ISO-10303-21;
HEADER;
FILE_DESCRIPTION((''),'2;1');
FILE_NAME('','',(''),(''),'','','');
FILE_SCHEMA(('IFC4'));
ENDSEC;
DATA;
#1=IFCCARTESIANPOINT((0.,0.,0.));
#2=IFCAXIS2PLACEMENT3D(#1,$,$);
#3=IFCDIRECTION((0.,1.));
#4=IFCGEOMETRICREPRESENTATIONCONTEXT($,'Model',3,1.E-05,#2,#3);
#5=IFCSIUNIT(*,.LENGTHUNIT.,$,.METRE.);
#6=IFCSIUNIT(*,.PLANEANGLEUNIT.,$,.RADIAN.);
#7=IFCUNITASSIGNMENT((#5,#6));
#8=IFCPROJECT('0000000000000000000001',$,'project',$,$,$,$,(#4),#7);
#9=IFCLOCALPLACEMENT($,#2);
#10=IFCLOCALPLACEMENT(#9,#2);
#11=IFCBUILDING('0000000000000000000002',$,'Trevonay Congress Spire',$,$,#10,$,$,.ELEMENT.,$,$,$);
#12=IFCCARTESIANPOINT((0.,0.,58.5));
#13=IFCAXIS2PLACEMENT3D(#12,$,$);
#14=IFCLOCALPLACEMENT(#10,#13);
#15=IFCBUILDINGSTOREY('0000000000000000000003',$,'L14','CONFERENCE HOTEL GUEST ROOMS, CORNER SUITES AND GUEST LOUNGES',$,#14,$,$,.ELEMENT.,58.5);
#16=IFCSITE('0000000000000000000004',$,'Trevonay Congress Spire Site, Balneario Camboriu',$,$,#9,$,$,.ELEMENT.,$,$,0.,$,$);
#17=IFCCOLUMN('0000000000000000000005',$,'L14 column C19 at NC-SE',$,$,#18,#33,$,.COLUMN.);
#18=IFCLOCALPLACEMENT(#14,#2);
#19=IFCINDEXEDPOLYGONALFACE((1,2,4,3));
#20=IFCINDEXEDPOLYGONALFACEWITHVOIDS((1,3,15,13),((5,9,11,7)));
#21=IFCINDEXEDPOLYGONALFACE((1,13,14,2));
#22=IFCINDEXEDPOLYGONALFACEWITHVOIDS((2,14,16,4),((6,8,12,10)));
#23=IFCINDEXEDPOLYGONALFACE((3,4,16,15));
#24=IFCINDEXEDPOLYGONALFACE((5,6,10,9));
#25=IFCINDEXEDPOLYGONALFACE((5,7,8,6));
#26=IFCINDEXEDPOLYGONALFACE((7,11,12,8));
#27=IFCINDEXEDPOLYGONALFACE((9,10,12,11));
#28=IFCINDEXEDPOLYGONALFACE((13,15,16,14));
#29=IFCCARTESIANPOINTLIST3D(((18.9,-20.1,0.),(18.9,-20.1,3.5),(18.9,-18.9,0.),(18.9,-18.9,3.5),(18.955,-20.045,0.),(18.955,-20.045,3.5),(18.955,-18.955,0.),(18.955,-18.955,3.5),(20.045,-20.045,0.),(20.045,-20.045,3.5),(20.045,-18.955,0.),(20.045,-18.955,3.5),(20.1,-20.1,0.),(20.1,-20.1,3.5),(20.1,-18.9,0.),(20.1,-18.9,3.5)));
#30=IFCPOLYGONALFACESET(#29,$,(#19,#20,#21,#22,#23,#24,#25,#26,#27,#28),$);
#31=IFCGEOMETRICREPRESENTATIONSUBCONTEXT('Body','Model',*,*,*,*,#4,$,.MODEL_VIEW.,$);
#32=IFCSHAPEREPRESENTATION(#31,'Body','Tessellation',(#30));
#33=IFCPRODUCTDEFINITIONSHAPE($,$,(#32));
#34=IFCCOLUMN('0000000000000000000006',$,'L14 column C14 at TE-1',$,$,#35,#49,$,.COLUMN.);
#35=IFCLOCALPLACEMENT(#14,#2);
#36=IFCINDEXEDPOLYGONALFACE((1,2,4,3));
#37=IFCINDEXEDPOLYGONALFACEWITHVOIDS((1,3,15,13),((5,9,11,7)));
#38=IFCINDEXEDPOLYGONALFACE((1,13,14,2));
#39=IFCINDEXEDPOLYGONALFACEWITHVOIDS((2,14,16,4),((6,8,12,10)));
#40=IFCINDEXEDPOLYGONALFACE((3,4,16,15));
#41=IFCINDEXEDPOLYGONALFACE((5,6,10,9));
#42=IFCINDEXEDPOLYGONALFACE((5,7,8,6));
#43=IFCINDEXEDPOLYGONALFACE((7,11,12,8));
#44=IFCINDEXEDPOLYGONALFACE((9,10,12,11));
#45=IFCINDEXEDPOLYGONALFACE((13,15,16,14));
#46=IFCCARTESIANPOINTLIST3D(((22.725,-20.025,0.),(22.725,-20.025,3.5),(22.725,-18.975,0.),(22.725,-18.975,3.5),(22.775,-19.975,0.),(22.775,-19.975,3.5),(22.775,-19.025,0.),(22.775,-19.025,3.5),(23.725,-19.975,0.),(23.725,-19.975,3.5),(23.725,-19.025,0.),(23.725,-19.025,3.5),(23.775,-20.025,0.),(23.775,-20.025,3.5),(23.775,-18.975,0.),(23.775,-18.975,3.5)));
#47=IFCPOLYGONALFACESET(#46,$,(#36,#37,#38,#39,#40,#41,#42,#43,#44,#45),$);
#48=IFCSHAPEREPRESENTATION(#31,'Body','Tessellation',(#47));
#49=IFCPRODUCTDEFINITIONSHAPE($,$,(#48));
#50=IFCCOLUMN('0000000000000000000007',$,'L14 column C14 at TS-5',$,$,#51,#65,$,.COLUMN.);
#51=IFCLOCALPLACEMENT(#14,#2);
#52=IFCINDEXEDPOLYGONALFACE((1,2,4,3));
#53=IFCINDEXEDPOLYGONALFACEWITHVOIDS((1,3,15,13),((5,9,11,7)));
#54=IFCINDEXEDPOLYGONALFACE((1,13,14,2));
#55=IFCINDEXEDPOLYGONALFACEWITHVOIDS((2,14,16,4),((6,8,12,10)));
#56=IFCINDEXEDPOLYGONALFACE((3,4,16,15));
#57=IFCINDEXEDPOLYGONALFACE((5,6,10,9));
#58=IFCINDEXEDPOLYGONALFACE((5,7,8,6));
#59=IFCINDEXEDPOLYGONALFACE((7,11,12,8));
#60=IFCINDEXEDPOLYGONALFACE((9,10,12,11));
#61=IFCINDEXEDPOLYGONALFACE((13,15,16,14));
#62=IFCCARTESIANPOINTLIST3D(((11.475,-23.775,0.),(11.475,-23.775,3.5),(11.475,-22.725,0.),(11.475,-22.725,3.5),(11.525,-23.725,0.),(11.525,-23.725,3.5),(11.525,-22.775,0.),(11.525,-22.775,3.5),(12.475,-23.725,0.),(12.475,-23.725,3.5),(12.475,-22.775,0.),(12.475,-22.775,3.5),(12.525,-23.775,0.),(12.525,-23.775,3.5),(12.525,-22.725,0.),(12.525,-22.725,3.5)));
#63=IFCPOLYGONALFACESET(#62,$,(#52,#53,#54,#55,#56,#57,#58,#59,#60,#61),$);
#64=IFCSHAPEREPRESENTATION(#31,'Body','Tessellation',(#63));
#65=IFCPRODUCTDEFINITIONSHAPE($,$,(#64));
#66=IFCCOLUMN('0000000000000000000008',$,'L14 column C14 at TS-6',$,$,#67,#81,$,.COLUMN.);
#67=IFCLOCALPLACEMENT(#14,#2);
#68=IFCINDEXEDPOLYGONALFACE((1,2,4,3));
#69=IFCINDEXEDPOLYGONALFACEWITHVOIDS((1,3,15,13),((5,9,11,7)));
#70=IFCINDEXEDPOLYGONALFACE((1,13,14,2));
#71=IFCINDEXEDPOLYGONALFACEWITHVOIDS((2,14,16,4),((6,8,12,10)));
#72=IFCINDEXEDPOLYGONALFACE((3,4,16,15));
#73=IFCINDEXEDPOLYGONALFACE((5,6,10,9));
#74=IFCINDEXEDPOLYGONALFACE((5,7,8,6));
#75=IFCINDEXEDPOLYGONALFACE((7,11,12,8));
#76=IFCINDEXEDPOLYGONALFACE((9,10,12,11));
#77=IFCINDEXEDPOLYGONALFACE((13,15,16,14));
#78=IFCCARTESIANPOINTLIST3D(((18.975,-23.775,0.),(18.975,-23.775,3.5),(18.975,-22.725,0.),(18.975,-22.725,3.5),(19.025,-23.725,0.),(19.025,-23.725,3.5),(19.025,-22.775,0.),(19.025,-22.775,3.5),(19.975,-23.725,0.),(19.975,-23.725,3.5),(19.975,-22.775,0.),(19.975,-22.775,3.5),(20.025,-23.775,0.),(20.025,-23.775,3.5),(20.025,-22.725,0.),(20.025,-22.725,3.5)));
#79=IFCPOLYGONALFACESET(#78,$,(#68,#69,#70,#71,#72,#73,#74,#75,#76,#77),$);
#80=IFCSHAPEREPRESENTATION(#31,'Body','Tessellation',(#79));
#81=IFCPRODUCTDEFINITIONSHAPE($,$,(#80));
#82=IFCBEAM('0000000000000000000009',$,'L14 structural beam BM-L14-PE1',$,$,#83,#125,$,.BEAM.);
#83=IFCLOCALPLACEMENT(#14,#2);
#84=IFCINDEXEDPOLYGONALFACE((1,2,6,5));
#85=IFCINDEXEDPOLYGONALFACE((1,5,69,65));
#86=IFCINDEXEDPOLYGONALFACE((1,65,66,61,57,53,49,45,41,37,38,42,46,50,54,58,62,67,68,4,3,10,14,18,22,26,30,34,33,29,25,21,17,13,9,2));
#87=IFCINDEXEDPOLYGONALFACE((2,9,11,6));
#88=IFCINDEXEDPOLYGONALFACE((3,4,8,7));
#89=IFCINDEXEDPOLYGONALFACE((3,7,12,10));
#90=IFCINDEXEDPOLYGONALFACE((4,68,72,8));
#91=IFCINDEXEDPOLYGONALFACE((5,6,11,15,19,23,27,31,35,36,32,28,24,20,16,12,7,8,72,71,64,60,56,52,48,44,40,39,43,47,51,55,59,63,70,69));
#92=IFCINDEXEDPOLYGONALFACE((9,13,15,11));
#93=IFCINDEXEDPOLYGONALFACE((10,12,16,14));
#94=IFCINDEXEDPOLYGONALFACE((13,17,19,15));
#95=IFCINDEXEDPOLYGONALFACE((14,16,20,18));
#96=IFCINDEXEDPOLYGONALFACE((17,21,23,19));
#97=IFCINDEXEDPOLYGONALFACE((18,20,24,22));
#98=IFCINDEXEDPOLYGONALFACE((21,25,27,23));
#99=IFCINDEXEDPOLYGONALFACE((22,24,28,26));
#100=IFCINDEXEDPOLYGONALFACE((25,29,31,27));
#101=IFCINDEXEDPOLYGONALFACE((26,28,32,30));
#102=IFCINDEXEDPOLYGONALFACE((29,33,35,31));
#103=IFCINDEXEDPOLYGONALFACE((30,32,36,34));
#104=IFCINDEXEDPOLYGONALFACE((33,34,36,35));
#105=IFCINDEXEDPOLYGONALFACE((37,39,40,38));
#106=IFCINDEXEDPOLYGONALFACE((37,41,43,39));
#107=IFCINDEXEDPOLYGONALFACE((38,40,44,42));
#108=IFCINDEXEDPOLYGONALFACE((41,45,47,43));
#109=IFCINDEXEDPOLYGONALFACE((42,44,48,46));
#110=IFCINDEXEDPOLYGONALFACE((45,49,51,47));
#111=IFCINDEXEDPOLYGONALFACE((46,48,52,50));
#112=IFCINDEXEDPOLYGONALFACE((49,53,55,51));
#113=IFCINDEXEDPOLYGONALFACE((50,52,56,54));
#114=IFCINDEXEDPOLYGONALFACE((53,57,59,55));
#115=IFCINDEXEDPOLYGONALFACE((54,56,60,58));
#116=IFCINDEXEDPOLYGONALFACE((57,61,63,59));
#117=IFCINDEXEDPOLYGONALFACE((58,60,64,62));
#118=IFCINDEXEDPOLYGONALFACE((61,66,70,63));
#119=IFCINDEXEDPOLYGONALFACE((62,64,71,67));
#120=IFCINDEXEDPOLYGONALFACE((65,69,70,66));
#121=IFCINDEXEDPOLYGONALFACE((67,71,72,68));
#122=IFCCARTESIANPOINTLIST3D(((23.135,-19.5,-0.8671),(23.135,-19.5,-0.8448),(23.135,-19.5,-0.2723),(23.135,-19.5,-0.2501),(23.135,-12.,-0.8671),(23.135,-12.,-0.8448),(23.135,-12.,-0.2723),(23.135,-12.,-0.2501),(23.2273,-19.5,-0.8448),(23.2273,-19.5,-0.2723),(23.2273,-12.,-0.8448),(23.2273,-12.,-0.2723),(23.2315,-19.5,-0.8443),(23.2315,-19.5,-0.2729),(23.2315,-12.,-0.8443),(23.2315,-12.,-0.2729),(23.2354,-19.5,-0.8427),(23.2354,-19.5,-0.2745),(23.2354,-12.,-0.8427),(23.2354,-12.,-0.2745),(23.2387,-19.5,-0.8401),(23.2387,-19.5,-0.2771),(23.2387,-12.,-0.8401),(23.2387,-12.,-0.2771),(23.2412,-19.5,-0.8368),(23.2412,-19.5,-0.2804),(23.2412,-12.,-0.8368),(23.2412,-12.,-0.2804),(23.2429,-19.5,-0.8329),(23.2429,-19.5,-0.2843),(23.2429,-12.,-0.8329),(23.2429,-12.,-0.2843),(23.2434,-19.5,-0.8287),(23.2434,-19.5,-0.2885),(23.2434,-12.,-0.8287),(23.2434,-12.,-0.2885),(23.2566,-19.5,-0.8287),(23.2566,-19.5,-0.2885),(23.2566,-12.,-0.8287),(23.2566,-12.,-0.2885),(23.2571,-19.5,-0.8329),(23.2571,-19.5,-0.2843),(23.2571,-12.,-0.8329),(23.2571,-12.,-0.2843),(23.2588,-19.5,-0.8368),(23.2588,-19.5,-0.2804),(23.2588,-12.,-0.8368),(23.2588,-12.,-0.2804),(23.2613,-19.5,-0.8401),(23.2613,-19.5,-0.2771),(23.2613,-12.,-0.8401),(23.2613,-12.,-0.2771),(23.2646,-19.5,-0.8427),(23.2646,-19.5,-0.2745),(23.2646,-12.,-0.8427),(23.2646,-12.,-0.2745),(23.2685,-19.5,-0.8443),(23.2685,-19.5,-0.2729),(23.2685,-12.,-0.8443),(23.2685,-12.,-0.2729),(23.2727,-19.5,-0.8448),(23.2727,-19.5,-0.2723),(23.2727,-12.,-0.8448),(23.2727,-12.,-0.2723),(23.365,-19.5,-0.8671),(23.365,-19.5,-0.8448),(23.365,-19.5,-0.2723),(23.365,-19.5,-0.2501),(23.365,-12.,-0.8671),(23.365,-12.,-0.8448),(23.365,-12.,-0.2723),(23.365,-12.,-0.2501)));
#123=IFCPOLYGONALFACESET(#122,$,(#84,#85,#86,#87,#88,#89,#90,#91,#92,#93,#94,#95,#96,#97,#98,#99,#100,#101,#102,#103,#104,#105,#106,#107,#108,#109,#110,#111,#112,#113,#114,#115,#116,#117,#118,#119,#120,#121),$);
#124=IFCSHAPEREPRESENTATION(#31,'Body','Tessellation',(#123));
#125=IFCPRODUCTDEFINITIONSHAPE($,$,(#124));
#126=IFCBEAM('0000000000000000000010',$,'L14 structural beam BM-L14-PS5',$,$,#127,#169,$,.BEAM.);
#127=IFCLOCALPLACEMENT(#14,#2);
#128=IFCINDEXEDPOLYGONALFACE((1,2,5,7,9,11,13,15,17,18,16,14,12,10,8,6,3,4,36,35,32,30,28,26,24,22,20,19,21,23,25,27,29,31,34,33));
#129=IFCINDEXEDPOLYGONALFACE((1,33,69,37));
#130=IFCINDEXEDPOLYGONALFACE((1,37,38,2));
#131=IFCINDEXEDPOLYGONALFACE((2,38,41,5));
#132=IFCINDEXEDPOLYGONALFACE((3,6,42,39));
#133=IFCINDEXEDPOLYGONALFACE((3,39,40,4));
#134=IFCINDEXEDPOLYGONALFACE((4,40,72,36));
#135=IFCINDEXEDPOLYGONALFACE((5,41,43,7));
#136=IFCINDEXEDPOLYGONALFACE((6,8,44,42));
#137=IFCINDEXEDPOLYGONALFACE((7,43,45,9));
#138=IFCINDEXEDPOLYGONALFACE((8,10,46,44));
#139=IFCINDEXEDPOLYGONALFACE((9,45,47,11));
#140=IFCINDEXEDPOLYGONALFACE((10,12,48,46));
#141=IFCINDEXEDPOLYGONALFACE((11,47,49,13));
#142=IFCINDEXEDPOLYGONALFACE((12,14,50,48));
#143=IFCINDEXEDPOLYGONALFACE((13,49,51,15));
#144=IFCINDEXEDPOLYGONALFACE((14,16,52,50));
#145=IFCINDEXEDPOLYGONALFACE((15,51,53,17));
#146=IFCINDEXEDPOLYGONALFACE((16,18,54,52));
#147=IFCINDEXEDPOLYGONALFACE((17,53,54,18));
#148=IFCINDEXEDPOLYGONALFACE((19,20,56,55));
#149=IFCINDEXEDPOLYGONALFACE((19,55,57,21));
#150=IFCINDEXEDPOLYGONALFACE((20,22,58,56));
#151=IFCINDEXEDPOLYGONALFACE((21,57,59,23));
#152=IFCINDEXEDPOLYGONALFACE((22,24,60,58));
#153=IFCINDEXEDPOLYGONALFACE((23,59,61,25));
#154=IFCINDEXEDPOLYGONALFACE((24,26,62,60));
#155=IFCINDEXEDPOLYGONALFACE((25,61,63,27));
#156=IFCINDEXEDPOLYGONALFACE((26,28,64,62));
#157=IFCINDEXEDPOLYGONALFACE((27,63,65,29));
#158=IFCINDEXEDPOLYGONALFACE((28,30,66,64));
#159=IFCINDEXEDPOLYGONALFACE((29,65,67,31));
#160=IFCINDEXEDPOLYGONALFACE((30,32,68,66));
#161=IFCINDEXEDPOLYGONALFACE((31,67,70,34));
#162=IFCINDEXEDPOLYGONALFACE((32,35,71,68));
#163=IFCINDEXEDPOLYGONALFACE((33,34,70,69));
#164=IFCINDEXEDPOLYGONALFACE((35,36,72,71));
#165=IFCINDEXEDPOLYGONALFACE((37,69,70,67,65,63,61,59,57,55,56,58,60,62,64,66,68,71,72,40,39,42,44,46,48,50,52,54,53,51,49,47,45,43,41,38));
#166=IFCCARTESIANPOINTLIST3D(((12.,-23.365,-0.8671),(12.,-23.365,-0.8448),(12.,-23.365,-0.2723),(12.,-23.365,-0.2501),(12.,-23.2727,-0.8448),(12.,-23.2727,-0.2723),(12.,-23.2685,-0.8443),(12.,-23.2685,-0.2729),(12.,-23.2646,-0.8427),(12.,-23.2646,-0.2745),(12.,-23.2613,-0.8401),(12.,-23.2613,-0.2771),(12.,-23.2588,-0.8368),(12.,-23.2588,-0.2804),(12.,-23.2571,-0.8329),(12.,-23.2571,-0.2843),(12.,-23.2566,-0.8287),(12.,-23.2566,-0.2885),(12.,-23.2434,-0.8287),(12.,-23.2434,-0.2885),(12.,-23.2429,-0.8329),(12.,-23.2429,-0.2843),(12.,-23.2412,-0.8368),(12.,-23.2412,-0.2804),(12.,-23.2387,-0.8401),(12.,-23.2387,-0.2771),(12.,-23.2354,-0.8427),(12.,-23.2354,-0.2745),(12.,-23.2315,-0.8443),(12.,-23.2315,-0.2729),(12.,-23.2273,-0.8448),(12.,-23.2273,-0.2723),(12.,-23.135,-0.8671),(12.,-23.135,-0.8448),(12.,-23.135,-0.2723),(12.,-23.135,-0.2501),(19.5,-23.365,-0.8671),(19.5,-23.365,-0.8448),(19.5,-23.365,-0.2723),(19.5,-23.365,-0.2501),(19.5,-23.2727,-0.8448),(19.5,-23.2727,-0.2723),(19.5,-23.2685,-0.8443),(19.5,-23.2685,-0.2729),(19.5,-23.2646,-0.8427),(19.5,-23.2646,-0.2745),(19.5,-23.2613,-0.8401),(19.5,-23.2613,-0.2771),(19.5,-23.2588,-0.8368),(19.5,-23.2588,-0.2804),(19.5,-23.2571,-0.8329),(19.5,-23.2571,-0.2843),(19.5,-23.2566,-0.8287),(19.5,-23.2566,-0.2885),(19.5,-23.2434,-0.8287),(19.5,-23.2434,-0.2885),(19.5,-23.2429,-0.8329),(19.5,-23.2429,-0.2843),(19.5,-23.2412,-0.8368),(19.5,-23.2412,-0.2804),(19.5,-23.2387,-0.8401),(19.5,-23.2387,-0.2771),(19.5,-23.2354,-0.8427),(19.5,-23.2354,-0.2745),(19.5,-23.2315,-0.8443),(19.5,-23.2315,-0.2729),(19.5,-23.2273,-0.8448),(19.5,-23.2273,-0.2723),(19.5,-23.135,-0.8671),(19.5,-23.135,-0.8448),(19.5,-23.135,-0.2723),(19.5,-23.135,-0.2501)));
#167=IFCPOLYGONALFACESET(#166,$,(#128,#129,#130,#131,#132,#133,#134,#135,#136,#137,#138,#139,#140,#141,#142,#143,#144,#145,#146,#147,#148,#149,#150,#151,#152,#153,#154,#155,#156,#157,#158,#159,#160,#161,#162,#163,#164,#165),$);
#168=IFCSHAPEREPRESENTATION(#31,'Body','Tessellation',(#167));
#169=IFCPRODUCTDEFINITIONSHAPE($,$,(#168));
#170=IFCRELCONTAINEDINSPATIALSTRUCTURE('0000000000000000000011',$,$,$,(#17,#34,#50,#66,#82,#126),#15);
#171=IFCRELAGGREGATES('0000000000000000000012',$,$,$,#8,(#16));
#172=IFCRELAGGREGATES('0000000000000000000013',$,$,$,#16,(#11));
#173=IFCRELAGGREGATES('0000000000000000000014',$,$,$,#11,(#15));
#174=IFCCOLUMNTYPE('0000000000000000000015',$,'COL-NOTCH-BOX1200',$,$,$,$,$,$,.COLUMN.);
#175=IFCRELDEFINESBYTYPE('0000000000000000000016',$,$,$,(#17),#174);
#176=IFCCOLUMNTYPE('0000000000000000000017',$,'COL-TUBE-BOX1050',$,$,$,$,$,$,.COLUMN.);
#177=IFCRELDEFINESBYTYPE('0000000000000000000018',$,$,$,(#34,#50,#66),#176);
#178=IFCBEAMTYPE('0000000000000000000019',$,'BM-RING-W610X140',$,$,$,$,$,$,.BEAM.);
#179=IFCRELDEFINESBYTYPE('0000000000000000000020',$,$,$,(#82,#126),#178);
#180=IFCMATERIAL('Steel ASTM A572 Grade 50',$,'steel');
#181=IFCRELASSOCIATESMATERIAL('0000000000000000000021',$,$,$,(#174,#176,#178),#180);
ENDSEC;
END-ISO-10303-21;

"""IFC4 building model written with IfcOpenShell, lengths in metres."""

from ifc_helpers import new_model, si_unit, direction, frame, origin, origin_2d, place, context, subcontext, project, spatial, hollow_rectangle, i_section, extrude, material, material_profile, profile_set, type_object, element, save


model = new_model("IFC4")

# Units and contexts
model_context = context("Model", 3, precision=1e-05, world=origin(), true_north=direction((0.0, 1.0)))
body_context = subcontext(model_context, "Body", "Model", "MODEL_VIEW")
ifc_project = project(units=[si_unit("LENGTHUNIT", "METRE"), si_unit("PLANEANGLEUNIT", "RADIAN")], contexts=[model_context])

# Site, building, storey
site_placement = place(None, origin())
site = spatial("IfcSite", under=ifc_project, at=site_placement, Name="Trevonay Congress Spire Site, Balneario Camboriu", CompositionType="ELEMENT", RefElevation=0.0)
building_placement = place(site_placement, origin())
building = spatial("IfcBuilding", under=site, at=building_placement, Name="Trevonay Congress Spire", CompositionType="ELEMENT")
storey_placement = place(building_placement, frame((0.0, 0.0, 58.5)))
storey = spatial("IfcBuildingStorey", under=building, at=storey_placement, Name="L14", Description="CONFERENCE HOTEL GUEST ROOMS, CORNER SUITES AND GUEST LOUNGES", CompositionType="ELEMENT", Elevation=58.5)

# Columns
ifc_material_1 = material(Name="Steel ASTM A572 Grade 50", Category="steel")
ifc_material_profile_1 = material_profile(ifc_material_1, hollow_rectangle(XDim=1.2, YDim=1.2, WallThickness=0.0549, at=origin_2d()), Name="BOX 1200x1200x55")
ifc_profile_set_1 = profile_set([ifc_material_profile_1], Name="Steel ASTM A572 Grade 50")
column_type_1 = type_object("IfcColumnType", Name="COL-NOTCH-BOX1200", PredefinedType="COLUMN", material=ifc_profile_set_1)
column_placement = place(storey_placement, frame((19.5, -19.5, 0.0), z_axis=(0.0, 0.0, 1.0), x_axis=(1.0, 0.0, 0.0)))
element("IfcColumn", 1, at=column_placement, inside=storey, type_object=column_type_1, Name="L14 column C19 at NC-SE", PredefinedType="COLUMN", context=body_context, shape_type="SweptSolid", body=[
    extrude(hollow_rectangle(XDim=1.2, YDim=1.2, WallThickness=0.0549, at=origin_2d()), origin(), (0.0, 0.0, 1.0), 3.5),
])
ifc_material_profile_2 = material_profile(ifc_material_1, hollow_rectangle(XDim=1.05, YDim=1.05, WallThickness=0.05, at=origin_2d()), Name="BOX 1050x1050x50")
ifc_profile_set_2 = profile_set([ifc_material_profile_2], Name="Steel ASTM A572 Grade 50")
column_type_2 = type_object("IfcColumnType", Name="COL-TUBE-BOX1050", PredefinedType="COLUMN", material=ifc_profile_set_2)
for number, where, z_axis, x_axis, name in (
    (2, (23.25, -19.5, 0.0), (0.0, 0.0, 1.0), (1.0, 0.0, 0.0), "L14 column C14 at TE-1"),
    (3, (12.0, -23.25, 0.0), (0.0, 0.0, 1.0), (1.0, 0.0, 0.0), "L14 column C14 at TS-5"),
    (4, (19.5, -23.25, 0.0), (0.0, 0.0, 1.0), (1.0, 0.0, 0.0), "L14 column C14 at TS-6"),
):
    element("IfcColumn", number, at=place(storey_placement, frame(where, z_axis=z_axis, x_axis=x_axis)), inside=storey, type_object=column_type_2, Name=name, PredefinedType="COLUMN", context=body_context, shape_type="SweptSolid", body=[
        extrude(hollow_rectangle(XDim=1.05, YDim=1.05, WallThickness=0.05, at=origin_2d()), origin(), (0.0, 0.0, 1.0), 3.5),
    ])

# Beams
ifc_material_profile_3 = material_profile(ifc_material_1, i_section(OverallWidth=0.23, OverallDepth=0.6169, WebThickness=0.0132, FlangeThickness=0.0222, FilletRadius=0.0161, at=origin_2d()), Name="W610x140")
ifc_profile_set_3 = profile_set([ifc_material_profile_3], Name="Steel ASTM A572 Grade 50")
beam_type_1 = type_object("IfcBeamType", Name="BM-RING-W610X140", PredefinedType="BEAM", material=ifc_profile_set_3)
for number, where, z_axis, x_axis, name in (
    (5, (23.25, -19.5, -0.5586), (0.0, 1.0, 0.0), (-1.0, 0.0, 0.0), "L14 structural beam BM-L14-PE1"),
    (6, (12.0, -23.25, -0.5586), (1.0, 0.0, 0.0), (0.0, 1.0, 0.0), "L14 structural beam BM-L14-PS5"),
):
    element("IfcBeam", number, at=place(storey_placement, frame(where, z_axis=z_axis, x_axis=x_axis)), inside=storey, type_object=beam_type_1, Name=name, PredefinedType="BEAM", context=body_context, shape_type="SweptSolid", body=[
        extrude(i_section(OverallWidth=0.23, OverallDepth=0.6169, WebThickness=0.0132, FlangeThickness=0.0222, FilletRadius=0.0161, at=origin_2d()), origin(), (0.0, 0.0, 1.0), 7.5),
    ])

save(model, "model.ifc")
